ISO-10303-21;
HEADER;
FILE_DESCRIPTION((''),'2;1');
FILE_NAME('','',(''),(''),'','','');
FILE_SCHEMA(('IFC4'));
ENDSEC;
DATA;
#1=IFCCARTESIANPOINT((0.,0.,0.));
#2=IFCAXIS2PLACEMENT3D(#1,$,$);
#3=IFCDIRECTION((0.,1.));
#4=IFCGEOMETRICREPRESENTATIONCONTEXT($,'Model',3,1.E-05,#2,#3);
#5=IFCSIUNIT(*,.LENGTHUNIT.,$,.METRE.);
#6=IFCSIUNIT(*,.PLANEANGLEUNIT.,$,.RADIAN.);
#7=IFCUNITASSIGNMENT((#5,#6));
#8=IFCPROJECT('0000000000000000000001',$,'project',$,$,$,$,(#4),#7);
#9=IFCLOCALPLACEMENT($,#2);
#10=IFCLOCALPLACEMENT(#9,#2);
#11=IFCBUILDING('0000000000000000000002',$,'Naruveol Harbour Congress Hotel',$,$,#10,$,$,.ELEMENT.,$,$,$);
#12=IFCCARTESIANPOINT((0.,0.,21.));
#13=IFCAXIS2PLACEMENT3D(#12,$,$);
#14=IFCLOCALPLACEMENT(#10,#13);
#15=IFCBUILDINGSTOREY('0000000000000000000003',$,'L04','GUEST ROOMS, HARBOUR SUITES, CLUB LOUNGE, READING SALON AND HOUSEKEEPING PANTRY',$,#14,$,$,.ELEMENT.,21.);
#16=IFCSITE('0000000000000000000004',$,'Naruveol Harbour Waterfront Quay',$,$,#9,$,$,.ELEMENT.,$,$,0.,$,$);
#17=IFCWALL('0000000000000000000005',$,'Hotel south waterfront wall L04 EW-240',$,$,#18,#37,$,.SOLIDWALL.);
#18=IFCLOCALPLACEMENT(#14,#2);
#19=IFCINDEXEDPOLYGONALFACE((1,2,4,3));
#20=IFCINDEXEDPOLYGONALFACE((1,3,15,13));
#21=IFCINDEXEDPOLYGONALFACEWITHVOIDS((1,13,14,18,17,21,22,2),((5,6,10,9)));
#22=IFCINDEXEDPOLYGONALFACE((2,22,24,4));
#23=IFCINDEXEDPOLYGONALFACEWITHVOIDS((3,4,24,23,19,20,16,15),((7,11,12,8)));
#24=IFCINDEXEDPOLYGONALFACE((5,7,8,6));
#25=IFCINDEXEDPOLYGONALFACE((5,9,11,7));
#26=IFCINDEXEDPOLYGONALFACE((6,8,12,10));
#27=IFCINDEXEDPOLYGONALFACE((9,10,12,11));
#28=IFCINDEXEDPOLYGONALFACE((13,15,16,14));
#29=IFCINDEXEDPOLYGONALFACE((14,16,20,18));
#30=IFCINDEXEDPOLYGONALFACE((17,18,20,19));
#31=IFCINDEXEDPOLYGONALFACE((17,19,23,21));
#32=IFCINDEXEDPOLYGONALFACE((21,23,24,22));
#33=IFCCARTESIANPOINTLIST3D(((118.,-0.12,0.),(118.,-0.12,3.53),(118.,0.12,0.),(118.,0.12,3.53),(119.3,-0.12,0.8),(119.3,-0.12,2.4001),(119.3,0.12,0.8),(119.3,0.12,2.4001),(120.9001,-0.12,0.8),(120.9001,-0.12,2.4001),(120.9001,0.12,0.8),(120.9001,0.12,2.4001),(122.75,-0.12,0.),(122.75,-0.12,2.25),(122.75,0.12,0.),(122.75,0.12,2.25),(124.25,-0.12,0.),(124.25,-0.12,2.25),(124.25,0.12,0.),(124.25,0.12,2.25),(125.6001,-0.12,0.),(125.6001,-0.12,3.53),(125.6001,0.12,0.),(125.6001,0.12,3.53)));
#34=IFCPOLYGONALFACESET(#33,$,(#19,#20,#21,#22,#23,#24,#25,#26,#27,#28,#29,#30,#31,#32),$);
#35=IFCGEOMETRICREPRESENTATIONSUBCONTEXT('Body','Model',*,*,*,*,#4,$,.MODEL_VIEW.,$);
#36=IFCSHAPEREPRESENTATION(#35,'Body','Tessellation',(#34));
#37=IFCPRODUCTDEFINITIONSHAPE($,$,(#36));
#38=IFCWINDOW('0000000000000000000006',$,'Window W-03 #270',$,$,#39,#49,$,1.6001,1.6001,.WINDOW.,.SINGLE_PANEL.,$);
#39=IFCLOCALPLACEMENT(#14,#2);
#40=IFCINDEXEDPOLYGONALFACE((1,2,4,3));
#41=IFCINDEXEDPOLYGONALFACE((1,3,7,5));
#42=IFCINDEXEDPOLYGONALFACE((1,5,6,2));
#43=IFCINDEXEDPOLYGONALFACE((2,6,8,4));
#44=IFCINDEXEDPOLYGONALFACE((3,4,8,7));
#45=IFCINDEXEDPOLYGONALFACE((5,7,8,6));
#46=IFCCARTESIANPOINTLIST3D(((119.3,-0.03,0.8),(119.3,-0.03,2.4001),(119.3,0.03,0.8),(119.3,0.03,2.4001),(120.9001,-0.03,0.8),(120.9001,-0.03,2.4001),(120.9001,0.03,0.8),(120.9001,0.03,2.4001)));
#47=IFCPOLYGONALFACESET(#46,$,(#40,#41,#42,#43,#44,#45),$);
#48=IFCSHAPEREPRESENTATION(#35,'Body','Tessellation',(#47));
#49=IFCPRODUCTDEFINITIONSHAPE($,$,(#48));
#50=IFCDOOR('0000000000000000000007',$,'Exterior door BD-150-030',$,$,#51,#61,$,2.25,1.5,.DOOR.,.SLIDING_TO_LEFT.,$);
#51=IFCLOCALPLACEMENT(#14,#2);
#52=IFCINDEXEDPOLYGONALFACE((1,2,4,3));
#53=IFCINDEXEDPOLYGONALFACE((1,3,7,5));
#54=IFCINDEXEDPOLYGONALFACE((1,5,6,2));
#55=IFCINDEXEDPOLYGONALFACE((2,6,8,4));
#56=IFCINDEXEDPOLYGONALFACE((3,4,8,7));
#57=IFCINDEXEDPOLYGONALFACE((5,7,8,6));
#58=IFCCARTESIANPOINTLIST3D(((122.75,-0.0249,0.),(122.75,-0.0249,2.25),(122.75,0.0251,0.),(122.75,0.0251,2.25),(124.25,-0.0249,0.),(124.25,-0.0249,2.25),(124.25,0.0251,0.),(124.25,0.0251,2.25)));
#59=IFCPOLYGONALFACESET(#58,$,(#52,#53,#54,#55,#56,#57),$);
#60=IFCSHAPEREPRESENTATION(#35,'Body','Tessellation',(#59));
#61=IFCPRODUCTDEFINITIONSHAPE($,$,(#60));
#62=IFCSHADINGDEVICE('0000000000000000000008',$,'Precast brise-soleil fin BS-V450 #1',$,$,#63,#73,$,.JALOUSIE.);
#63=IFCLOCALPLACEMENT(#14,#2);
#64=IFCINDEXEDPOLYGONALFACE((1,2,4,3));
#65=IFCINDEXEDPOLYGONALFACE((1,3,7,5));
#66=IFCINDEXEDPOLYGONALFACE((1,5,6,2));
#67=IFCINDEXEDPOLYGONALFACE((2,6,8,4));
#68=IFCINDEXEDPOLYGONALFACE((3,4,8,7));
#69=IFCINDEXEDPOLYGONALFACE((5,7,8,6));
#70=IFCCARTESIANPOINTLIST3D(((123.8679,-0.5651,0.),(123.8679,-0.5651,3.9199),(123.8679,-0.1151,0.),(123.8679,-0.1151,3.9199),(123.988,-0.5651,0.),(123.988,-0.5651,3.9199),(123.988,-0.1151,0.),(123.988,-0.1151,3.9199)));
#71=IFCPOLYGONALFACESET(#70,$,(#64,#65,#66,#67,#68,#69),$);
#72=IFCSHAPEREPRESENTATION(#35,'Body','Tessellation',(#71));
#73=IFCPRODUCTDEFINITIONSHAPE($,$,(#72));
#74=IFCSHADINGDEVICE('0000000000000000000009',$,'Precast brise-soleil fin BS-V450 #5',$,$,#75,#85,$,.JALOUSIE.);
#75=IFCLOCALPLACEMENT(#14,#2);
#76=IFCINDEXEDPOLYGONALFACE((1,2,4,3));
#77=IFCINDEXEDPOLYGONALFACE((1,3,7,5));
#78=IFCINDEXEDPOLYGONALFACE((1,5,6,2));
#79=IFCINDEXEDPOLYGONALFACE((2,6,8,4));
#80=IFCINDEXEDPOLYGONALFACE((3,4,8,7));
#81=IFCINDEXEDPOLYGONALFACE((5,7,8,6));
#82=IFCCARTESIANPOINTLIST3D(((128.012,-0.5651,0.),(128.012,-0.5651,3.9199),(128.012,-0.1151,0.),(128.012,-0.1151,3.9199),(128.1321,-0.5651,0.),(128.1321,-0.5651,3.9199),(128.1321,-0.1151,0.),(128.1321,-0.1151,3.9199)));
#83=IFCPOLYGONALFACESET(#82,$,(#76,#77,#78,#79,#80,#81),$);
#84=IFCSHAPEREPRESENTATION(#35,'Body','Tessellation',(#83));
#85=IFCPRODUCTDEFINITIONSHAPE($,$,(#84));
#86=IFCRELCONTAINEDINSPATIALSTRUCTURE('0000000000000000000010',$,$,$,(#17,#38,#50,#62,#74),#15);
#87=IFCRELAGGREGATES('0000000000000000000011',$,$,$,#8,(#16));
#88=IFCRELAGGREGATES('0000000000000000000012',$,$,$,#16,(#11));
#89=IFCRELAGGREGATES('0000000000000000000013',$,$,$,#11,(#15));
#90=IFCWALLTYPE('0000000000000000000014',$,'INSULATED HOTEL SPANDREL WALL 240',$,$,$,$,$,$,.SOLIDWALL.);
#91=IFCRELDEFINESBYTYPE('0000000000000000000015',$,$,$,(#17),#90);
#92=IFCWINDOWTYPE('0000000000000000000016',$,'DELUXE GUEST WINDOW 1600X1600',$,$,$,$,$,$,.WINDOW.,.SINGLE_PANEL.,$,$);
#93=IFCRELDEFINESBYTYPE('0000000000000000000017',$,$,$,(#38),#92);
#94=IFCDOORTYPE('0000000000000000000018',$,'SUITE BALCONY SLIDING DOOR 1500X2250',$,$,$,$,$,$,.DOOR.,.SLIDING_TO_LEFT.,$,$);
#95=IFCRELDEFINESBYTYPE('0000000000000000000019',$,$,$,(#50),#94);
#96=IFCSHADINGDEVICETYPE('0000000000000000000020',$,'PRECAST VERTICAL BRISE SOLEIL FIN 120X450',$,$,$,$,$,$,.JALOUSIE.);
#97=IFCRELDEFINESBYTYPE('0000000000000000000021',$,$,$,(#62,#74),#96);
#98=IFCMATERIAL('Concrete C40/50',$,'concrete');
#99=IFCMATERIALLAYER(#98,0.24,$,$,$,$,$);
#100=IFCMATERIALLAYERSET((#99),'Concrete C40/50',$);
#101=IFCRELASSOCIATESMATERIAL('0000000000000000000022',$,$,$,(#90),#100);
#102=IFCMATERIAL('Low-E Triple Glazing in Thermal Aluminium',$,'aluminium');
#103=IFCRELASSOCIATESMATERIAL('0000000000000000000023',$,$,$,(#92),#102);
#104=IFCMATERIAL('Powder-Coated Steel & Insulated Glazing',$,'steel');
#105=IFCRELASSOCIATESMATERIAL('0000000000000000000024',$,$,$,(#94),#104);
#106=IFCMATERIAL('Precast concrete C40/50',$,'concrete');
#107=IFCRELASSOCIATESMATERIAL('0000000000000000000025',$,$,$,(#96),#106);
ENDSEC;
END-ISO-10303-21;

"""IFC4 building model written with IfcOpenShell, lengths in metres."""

from ifc_helpers import new_model, si_unit, direction, frame, frame_2d, origin, origin_2d, place, context, subcontext, project, spatial, rectangle, extrude, material, layer, layer_set, type_object, element, fill, save


model = new_model("IFC4")

# Units and contexts
model_context = context("Model", 3, precision=1e-05, world=origin(), true_north=direction((0.0, 1.0)))
body_context = subcontext(model_context, "Body", "Model", "MODEL_VIEW")
ifc_project = project(units=[si_unit("LENGTHUNIT", "METRE"), si_unit("PLANEANGLEUNIT", "RADIAN")], contexts=[model_context])

# Site, building, storey
site_placement = place(None, origin())
site = spatial("IfcSite", under=ifc_project, at=site_placement, Name="Naruveol Harbour Waterfront Quay", CompositionType="ELEMENT", RefElevation=0.0)
building_placement = place(site_placement, origin())
building = spatial("IfcBuilding", under=site, at=building_placement, Name="Naruveol Harbour Congress Hotel", CompositionType="ELEMENT")
storey_placement = place(building_placement, frame((0.0, 0.0, 21.0)))
storey = spatial("IfcBuildingStorey", under=building, at=storey_placement, Name="L04", Description="GUEST ROOMS, HARBOUR SUITES, CLUB LOUNGE, READING SALON AND HOUSEKEEPING PANTRY", CompositionType="ELEMENT", Elevation=21.0)

# Wall, openings, window, door
ifc_material_1 = material(Name="Concrete C40/50", Category="concrete")
ifc_layer_1 = layer(ifc_material_1, 0.24)
ifc_layer_set_1 = layer_set([ifc_layer_1], Name="Concrete C40/50")
wall_type_1 = type_object("IfcWallType", Name="INSULATED HOTEL SPANDREL WALL 240", PredefinedType="SOLIDWALL", material=ifc_layer_set_1)
wall_1_placement = place(storey_placement, frame((125.6001, 0.0, 0.0), z_axis=(0.0, 0.0, 1.0), x_axis=(-1.0, 0.0, 0.0)))
wall_1 = element("IfcWall", 1, at=wall_1_placement, inside=storey, type_object=wall_type_1, Name="Hotel south waterfront wall L04 EW-240", PredefinedType="SOLIDWALL", context=body_context, shape_type="SweptSolid", body=[
    extrude(rectangle(XDim=7.6001, YDim=0.24, at=frame_2d((3.8, 0.0))), origin(), (0.0, 0.0, 1.0), 3.53),
])
opening_1_placement = place(wall_1_placement, frame((1.3501, 0.0, 0.0)))
opening_1 = element("IfcOpeningElement", 2, at=opening_1_placement, cuts=wall_1, PredefinedType="OPENING", context=body_context, shape_type="SweptSolid", body=[
    extrude(rectangle(XDim=1.5, YDim=2.25, at=frame_2d((0.75, 1.125))), frame((0.0, 0.1299, 0.0), z_axis=(0.0, -1.0, 0.0), x_axis=(1.0, 0.0, 0.0)), (0.0, 0.0, 1.0), 0.26),
])
opening_2_placement = place(wall_1_placement, frame((4.7, 0.0, 0.8)))
opening_2 = element("IfcOpeningElement", 3, at=opening_2_placement, cuts=wall_1, PredefinedType="OPENING", context=body_context, shape_type="SweptSolid", body=[
    extrude(rectangle(XDim=1.6001, YDim=1.6001, at=frame_2d((0.8, 0.8))), frame((0.0, 0.1299, 0.0), z_axis=(0.0, -1.0, 0.0), x_axis=(1.0, 0.0, 0.0)), (0.0, 0.0, 1.0), 0.26),
])
ifc_material_2 = material(Name="Low-E Triple Glazing in Thermal Aluminium", Category="aluminium")
window_type = type_object("IfcWindowType", Name="DELUXE GUEST WINDOW 1600X1600", PartitioningType="SINGLE_PANEL", PredefinedType="WINDOW", material=ifc_material_2)
window_placement = place(opening_2_placement, origin())
window = element("IfcWindow", 4, at=window_placement, inside=storey, type_object=window_type, Name="Window W-03 #270", OverallHeight=1.6001, OverallWidth=1.6001, PartitioningType="SINGLE_PANEL", PredefinedType="WINDOW", context=body_context, shape_type="SweptSolid", body=[
    extrude(rectangle(XDim=1.6001, YDim=1.6001, at=frame_2d((0.8, 0.8))), frame((0.0, 0.03, 0.0), z_axis=(0.0, -1.0, 0.0), x_axis=(1.0, 0.0, 0.0)), (0.0, 0.0, 1.0), 0.0601),
])
fill(opening_2, window)
ifc_material_3 = material(Name="Powder-Coated Steel & Insulated Glazing", Category="steel")
door_type_1 = type_object("IfcDoorType", Name="SUITE BALCONY SLIDING DOOR 1500X2250", OperationType="SLIDING_TO_LEFT", PredefinedType="DOOR", material=ifc_material_3)
door_1_placement = place(opening_1_placement, origin())
door_1 = element("IfcDoor", 5, at=door_1_placement, inside=storey, type_object=door_type_1, Name="Exterior door BD-150-030", OperationType="SLIDING_TO_LEFT", OverallHeight=2.25, OverallWidth=1.5, PredefinedType="DOOR", context=body_context, shape_type="SweptSolid", body=[
    extrude(rectangle(XDim=1.5, YDim=2.25, at=frame_2d((0.75, 1.125))), frame((0.0, 0.0249, 0.0), z_axis=(0.0, -1.0, 0.0), x_axis=(1.0, 0.0, 0.0)), (0.0, 0.0, 1.0), 0.05),
])
fill(opening_1, door_1)

# Shading devices
ifc_material_4 = material(Name="Precast concrete C40/50", Category="concrete")
shading_device_type = type_object("IfcShadingDeviceType", Name="PRECAST VERTICAL BRISE SOLEIL FIN 120X450", PredefinedType="JALOUSIE", material=ifc_material_4)
for number, where, z_axis, x_axis, name in (
    (6, (123.928, -0.3401, 0.0), (0.0, 0.0, 1.0), (-1.0, 0.0, 0.0), "Precast brise-soleil fin BS-V450 #1"),
    (7, (128.072, -0.3401, 0.0), (0.0, 0.0, 1.0), (-1.0, 0.0, 0.0), "Precast brise-soleil fin BS-V450 #5"),
):
    element("IfcShadingDevice", number, at=place(storey_placement, frame(where, z_axis=z_axis, x_axis=x_axis)), inside=storey, type_object=shading_device_type, Name=name, PredefinedType="JALOUSIE", context=body_context, shape_type="SweptSolid", body=[
        extrude(rectangle(XDim=0.1201, YDim=0.45, at=origin_2d()), origin(), (0.0, 0.0, 1.0), 3.9199),
    ])

save(model, "model.ifc")
